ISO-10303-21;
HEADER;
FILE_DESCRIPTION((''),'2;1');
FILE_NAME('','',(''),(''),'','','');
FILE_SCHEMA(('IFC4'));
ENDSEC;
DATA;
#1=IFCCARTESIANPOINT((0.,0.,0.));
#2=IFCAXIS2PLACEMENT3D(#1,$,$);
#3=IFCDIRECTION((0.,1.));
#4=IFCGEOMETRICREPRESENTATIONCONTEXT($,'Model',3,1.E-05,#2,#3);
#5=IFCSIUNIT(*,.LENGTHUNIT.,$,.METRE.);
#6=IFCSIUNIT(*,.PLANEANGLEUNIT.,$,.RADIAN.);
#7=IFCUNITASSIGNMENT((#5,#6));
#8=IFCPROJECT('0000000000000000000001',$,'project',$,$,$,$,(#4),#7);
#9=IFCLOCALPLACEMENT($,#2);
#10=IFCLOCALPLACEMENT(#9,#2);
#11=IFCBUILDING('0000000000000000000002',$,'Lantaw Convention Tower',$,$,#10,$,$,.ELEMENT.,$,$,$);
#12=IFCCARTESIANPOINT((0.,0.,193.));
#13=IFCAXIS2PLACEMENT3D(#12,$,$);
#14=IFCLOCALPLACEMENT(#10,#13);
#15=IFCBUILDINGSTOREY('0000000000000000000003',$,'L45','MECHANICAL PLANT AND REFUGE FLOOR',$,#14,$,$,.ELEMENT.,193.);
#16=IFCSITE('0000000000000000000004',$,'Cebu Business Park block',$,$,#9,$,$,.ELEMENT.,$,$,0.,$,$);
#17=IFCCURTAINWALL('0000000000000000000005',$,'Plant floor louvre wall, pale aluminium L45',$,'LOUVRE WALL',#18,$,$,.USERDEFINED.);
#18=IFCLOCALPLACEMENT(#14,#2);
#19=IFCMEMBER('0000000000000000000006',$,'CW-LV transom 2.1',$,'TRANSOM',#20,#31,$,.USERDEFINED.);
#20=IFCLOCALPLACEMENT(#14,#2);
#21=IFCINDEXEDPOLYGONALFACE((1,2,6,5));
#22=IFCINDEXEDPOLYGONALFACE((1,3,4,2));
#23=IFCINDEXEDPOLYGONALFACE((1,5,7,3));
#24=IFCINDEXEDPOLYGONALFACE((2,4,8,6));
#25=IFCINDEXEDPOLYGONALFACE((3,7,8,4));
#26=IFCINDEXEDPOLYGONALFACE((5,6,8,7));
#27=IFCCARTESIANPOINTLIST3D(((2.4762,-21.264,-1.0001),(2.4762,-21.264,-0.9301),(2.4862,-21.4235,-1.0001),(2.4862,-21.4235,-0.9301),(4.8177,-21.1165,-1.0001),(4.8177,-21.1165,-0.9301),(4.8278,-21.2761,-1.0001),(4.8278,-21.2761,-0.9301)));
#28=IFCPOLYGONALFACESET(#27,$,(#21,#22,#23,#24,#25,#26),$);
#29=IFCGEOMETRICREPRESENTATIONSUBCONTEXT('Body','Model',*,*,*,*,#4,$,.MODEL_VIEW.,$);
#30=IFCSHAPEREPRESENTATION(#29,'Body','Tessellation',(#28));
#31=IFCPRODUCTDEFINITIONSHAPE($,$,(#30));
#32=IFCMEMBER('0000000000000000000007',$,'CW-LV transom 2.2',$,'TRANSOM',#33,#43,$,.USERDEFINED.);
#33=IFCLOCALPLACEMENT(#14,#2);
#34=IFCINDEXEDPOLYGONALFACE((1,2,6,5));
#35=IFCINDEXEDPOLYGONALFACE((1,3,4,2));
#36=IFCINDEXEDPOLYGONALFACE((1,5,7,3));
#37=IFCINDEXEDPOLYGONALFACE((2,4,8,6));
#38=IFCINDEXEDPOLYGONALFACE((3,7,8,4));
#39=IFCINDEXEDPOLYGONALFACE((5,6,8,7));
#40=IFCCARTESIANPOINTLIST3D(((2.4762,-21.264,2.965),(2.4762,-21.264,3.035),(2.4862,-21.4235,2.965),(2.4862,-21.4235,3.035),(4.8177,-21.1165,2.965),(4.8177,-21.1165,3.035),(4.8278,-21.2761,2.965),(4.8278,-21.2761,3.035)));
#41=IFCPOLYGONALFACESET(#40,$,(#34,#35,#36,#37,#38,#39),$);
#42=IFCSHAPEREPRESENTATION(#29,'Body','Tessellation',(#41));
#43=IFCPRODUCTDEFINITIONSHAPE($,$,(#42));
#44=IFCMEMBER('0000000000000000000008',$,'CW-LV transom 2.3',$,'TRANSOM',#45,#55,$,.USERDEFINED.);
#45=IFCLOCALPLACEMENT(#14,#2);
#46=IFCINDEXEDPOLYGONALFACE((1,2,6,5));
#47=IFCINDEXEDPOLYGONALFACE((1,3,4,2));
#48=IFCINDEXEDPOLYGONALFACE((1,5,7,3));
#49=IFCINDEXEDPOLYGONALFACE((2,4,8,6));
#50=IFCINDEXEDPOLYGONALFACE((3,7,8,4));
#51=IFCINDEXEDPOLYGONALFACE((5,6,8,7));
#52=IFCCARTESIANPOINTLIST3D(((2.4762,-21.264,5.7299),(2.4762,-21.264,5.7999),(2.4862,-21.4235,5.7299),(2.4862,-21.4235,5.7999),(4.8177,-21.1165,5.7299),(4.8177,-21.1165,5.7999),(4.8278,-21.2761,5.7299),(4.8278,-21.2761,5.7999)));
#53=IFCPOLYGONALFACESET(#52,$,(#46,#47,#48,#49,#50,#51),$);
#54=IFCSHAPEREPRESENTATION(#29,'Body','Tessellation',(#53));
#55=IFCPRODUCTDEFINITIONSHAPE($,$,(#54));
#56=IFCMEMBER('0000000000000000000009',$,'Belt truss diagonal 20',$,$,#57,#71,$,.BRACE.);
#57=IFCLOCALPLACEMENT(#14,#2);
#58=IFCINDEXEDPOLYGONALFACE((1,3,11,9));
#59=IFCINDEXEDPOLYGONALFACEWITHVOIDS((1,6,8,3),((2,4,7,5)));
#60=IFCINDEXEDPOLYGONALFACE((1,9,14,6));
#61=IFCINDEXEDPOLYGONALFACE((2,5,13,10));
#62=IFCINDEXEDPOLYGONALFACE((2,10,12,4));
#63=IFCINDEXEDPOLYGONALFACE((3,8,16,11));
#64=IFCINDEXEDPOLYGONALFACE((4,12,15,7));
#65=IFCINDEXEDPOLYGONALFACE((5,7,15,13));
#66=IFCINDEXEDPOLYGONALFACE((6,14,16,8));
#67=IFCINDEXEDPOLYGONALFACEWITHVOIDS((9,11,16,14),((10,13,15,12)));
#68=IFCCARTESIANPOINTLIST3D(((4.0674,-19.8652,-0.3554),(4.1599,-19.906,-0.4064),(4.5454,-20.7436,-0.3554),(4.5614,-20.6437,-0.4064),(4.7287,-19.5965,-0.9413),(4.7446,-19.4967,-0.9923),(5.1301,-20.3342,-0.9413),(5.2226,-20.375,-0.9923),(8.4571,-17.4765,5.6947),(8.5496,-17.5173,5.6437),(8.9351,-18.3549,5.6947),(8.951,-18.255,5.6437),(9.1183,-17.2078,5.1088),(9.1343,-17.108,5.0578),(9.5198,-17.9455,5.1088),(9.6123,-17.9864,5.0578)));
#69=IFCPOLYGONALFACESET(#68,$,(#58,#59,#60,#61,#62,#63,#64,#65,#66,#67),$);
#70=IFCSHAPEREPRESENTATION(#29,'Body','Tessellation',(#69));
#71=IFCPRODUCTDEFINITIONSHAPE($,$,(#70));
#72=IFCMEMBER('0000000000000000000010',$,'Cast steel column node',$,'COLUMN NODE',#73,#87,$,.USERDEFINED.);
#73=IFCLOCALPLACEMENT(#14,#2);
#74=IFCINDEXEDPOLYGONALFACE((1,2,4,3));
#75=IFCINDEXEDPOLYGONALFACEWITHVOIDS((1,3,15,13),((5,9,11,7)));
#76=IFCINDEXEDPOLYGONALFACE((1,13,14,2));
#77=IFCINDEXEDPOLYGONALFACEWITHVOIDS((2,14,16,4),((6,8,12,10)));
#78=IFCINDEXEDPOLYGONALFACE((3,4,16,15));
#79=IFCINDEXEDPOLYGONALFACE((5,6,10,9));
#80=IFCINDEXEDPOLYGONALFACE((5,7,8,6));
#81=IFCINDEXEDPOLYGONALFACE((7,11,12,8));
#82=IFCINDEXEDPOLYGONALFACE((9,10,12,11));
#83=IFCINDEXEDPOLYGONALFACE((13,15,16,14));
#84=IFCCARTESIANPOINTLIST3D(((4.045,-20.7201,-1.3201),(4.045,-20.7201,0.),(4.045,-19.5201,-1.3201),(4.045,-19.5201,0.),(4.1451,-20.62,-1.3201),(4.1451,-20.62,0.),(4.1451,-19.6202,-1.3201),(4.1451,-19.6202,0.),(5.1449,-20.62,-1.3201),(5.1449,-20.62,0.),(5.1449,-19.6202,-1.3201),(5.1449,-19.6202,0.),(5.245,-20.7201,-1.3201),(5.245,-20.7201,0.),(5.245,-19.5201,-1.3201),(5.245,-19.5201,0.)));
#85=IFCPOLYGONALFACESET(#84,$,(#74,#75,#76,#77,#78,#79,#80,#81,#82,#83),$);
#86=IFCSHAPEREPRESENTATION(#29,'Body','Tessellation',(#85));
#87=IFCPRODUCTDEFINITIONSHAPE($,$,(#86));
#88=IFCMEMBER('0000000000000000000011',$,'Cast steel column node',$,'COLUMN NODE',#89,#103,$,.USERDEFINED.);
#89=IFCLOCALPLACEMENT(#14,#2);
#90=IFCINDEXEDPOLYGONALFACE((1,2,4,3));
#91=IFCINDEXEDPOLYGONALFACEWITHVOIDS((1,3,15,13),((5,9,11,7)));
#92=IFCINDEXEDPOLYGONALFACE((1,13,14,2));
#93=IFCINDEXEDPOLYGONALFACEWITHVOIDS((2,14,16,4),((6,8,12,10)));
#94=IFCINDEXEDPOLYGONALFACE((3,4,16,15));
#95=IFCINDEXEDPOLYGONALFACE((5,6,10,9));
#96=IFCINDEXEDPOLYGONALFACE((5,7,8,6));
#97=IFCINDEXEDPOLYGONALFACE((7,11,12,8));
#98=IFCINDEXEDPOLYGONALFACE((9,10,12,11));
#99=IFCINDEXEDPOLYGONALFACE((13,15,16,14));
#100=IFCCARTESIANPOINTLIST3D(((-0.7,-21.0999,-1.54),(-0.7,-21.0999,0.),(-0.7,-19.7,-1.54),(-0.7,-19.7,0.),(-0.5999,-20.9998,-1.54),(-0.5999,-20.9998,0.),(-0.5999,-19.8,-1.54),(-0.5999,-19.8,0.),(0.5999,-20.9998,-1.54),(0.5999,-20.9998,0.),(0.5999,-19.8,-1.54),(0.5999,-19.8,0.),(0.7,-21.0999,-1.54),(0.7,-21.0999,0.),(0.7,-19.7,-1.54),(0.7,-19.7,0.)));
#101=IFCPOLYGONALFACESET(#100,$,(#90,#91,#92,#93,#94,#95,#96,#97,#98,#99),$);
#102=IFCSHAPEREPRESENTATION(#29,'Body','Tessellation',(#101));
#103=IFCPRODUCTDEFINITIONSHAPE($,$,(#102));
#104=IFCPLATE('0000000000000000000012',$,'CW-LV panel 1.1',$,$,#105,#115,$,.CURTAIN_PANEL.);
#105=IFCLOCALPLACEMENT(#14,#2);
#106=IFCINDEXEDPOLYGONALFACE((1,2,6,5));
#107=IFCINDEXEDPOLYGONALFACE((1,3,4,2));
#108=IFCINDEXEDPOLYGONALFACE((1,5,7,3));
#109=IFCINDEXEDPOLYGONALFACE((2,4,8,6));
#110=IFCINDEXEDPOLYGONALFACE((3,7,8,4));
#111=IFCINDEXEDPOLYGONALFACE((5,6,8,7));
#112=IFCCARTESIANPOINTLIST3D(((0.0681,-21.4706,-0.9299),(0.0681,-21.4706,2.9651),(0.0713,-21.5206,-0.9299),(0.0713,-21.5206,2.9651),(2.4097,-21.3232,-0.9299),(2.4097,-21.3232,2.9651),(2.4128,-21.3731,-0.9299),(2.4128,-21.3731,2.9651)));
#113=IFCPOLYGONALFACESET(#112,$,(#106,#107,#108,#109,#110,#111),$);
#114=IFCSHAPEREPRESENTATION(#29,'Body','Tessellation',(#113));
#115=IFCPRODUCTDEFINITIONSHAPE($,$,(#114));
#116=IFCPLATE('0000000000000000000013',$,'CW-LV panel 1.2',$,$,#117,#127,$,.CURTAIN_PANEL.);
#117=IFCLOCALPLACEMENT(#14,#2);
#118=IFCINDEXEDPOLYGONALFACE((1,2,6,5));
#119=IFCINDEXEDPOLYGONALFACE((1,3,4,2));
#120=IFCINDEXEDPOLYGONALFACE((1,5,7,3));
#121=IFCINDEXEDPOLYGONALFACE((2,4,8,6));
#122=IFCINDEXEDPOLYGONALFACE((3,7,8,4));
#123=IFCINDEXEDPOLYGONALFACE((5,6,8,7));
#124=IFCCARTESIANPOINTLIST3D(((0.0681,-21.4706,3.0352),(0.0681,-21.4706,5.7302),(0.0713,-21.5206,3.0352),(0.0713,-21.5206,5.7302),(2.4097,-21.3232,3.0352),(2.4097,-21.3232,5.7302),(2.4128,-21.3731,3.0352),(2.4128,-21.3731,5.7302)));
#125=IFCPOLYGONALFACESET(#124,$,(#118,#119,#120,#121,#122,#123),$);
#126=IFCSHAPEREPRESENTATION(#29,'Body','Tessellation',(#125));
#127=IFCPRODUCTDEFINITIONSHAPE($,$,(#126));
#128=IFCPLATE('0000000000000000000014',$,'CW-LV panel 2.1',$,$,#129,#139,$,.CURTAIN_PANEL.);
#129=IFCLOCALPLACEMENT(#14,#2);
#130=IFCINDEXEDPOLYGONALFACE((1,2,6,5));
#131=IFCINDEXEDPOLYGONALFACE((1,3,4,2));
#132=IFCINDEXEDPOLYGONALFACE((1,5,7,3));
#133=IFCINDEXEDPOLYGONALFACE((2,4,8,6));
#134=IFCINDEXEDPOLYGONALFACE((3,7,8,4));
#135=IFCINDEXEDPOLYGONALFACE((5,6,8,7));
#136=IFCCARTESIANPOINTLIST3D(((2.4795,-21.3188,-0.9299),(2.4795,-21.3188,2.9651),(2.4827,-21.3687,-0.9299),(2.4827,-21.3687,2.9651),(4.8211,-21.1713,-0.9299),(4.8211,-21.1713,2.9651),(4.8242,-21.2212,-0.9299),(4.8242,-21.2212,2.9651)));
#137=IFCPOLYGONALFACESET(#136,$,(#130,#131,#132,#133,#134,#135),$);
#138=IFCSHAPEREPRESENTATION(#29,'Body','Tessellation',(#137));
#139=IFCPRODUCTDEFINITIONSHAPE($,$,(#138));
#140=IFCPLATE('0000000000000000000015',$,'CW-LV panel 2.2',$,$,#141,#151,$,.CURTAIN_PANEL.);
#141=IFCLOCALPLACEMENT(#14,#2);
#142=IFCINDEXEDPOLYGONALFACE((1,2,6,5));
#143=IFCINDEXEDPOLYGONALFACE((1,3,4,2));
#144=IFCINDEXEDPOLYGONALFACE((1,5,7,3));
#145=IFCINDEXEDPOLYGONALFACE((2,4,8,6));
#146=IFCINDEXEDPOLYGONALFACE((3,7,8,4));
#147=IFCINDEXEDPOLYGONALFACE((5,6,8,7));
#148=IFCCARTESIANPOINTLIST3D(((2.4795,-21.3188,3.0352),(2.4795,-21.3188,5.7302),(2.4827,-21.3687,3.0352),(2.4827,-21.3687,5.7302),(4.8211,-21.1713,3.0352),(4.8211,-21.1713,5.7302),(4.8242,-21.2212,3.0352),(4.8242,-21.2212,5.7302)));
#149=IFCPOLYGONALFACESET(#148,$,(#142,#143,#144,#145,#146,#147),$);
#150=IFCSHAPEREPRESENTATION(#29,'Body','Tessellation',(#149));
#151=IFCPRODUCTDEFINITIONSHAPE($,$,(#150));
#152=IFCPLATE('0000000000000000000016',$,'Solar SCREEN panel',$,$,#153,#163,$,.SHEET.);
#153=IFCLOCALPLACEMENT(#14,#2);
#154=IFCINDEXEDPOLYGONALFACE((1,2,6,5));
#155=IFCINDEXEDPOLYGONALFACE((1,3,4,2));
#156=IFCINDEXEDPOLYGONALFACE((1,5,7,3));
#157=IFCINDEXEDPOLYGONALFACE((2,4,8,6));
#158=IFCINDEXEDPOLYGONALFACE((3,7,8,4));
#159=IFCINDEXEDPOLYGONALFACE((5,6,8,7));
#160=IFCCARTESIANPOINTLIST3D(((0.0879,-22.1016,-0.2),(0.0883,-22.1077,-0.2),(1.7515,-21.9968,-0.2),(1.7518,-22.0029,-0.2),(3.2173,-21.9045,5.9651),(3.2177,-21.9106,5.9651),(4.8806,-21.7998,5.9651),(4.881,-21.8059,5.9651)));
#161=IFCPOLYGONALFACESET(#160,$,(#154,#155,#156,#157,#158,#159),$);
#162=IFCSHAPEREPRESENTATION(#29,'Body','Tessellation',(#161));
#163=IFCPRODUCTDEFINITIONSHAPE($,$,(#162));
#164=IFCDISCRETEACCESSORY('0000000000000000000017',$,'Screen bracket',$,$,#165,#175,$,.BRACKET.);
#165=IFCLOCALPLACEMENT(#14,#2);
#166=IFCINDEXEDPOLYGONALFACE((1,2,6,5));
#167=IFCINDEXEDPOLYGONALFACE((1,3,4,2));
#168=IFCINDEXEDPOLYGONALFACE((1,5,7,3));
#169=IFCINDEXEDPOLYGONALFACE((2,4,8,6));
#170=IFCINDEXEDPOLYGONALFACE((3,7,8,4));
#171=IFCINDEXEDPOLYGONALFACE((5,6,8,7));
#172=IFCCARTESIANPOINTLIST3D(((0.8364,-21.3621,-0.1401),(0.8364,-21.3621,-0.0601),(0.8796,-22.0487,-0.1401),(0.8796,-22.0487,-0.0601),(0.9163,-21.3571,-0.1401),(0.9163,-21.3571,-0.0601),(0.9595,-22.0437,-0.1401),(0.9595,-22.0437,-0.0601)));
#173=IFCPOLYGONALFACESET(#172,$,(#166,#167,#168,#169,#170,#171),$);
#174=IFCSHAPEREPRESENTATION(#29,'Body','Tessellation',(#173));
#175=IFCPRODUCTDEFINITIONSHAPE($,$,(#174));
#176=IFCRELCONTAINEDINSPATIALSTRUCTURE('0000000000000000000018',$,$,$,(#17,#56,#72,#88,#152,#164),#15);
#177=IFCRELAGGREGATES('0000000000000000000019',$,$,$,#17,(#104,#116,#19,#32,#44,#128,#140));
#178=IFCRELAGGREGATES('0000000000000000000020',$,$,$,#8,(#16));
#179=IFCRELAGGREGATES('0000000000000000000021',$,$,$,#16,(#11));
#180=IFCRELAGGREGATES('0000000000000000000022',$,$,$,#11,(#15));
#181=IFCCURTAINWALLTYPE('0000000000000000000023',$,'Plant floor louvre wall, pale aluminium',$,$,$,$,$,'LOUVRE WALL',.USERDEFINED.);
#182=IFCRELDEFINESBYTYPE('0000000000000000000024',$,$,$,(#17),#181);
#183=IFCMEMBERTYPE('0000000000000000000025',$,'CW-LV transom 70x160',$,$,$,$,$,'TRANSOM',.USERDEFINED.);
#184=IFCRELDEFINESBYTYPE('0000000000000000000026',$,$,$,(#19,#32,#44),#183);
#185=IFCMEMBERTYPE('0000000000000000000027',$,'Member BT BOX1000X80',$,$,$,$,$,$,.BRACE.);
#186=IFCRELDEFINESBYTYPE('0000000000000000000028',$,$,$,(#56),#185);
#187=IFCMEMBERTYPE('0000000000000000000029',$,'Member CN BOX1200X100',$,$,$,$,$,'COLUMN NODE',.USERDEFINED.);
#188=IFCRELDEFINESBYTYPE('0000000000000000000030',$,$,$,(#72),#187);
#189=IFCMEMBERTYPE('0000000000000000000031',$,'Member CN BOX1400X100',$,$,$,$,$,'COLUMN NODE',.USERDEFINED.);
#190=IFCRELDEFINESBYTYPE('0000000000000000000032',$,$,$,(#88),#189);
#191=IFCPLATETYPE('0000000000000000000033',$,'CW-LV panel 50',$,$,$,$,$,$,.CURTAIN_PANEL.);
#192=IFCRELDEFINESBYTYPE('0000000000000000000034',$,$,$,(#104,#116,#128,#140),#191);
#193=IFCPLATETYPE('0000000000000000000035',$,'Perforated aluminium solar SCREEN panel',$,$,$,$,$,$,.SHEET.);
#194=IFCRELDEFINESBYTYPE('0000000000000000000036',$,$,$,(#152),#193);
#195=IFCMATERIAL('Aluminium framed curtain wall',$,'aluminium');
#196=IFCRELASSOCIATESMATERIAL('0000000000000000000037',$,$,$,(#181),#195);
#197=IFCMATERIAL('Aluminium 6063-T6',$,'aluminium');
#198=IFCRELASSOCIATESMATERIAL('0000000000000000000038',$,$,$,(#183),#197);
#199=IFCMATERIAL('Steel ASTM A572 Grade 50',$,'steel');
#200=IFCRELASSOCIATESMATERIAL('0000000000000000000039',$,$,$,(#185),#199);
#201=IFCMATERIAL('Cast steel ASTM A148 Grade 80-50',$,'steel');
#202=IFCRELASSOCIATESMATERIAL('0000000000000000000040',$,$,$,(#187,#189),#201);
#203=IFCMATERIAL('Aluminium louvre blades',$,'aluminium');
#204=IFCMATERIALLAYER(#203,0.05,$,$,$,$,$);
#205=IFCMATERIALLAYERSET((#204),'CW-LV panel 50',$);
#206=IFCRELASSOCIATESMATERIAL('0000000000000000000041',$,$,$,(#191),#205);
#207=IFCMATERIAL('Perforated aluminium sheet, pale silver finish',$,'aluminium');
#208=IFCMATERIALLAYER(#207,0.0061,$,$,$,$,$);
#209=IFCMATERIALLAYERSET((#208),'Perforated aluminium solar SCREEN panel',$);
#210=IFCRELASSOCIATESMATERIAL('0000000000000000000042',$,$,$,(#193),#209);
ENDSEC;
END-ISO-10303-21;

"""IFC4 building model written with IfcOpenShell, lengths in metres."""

from ifc_helpers import new_model, si_unit, direction, frame, origin, origin_2d, place, context, subcontext, project, spatial, polyline, rectangle, hollow_rectangle, outline, extrude, material, layer, layer_set, material_profile, profile_set, type_object, element, aggregate, save


model = new_model("IFC4")

# Units and contexts
model_context = context("Model", 3, precision=1e-05, world=origin(), true_north=direction((0.0, 1.0)))
body_context = subcontext(model_context, "Body", "Model", "MODEL_VIEW")
ifc_project = project(units=[si_unit("LENGTHUNIT", "METRE"), si_unit("PLANEANGLEUNIT", "RADIAN")], contexts=[model_context])

# Site, building, storey
site_placement = place(None, origin())
site = spatial("IfcSite", under=ifc_project, at=site_placement, Name="Cebu Business Park block", CompositionType="ELEMENT", RefElevation=0.0)
building_placement = place(site_placement, origin())
building = spatial("IfcBuilding", under=site, at=building_placement, Name="Lantaw Convention Tower", CompositionType="ELEMENT")
storey_placement = place(building_placement, frame((0.0, 0.0, 193.0)))
storey = spatial("IfcBuildingStorey", under=building, at=storey_placement, Name="L45", Description="MECHANICAL PLANT AND REFUGE FLOOR", CompositionType="ELEMENT", Elevation=193.0)

# Curtain wall, members
ifc_material_1 = material(Name="Aluminium framed curtain wall", Category="aluminium")
curtain_wall_type = type_object("IfcCurtainWallType", Name="Plant floor louvre wall, pale aluminium", ElementType="LOUVRE WALL", PredefinedType="USERDEFINED", material=ifc_material_1)
curtain_wall_placement = place(storey_placement, origin())
curtain_wall = element("IfcCurtainWall", 1, at=curtain_wall_placement, inside=storey, type_object=curtain_wall_type, Name="Plant floor louvre wall, pale aluminium L45", ObjectType="LOUVRE WALL", PredefinedType="USERDEFINED")
ifc_material_2 = material(Name="Aluminium 6063-T6", Category="aluminium")
ifc_material_profile_1 = material_profile(ifc_material_2, rectangle(XDim=0.1599, YDim=0.0701, at=origin_2d()), Name="CW-LV transom 70x160")
ifc_profile_set_1 = profile_set([ifc_material_profile_1], Name="Aluminium 6063-T6")
member_type_1 = type_object("IfcMemberType", Name="CW-LV transom 70x160", ElementType="TRANSOM", PredefinedType="USERDEFINED", material=ifc_profile_set_1)
member_1_placement = place(storey_placement, frame((2.4812, -21.3438, -0.9651), z_axis=(0.998023, 0.062851, 0.0), x_axis=(-0.062851, 0.998023, 0.0)))
member_1 = element("IfcMember", 2, at=member_1_placement, type_object=member_type_1, Name="CW-LV transom 2.1", ObjectType="TRANSOM", PredefinedType="USERDEFINED", context=body_context, shape_type="SweptSolid", body=[
    extrude(rectangle(XDim=0.1599, YDim=0.0701, at=origin_2d()), origin(), (0.0, 0.0, 1.0), 2.3462),
])
member_2_placement = place(storey_placement, frame((2.4812, -21.3438, 3.0), z_axis=(0.998023, 0.062851, 0.0), x_axis=(-0.062851, 0.998023, 0.0)))
member_2 = element("IfcMember", 3, at=member_2_placement, type_object=member_type_1, Name="CW-LV transom 2.2", ObjectType="TRANSOM", PredefinedType="USERDEFINED", context=body_context, shape_type="SweptSolid", body=[
    extrude(rectangle(XDim=0.1599, YDim=0.0701, at=origin_2d()), origin(), (0.0, 0.0, 1.0), 2.3462),
])
member_3_placement = place(storey_placement, frame((2.4812, -21.3438, 5.7649), z_axis=(0.998023, 0.062851, 0.0), x_axis=(-0.062851, 0.998023, 0.0)))
member_3 = element("IfcMember", 4, at=member_3_placement, type_object=member_type_1, Name="CW-LV transom 2.3", ObjectType="TRANSOM", PredefinedType="USERDEFINED", context=body_context, shape_type="SweptSolid", body=[
    extrude(rectangle(XDim=0.1599, YDim=0.0701, at=origin_2d()), origin(), (0.0, 0.0, 1.0), 2.3462),
])

# Members
ifc_material_3 = material(Name="Steel ASTM A572 Grade 50", Category="steel")
ifc_material_profile_2 = material_profile(ifc_material_3, hollow_rectangle(XDim=1.0, YDim=1.0, WallThickness=0.0801, at=origin_2d()), Name="BOX1000X80")
ifc_profile_set_2 = profile_set([ifc_material_profile_2], Name="Steel ASTM A572 Grade 50")
member_type_2 = type_object("IfcMemberType", Name="Member BT BOX1000X80", PredefinedType="BRACE", material=ifc_profile_set_2)
member_4_placement = place(storey_placement, frame((4.645, -20.1201, -0.6738), z_axis=(0.559394, 0.3044, 0.770986), x_axis=(-0.477976, 0.878373, 0.0)))
element("IfcMember", 5, at=member_4_placement, inside=storey, type_object=member_type_2, Name="Belt truss diagonal 20", PredefinedType="BRACE", context=body_context, shape_type="SweptSolid", body=[
    extrude(hollow_rectangle(XDim=1.0, YDim=1.0, WallThickness=0.0801, at=origin_2d()), origin(), (0.0, 0.0, 1.0), 7.8472),
])
ifc_material_4 = material(Name="Cast steel ASTM A148 Grade 80-50", Category="steel")
ifc_material_profile_3 = material_profile(ifc_material_4, hollow_rectangle(XDim=1.2, YDim=1.2, WallThickness=0.1001, at=origin_2d()), Name="BOX1200X100")
ifc_profile_set_3 = profile_set([ifc_material_profile_3], Name="Cast steel ASTM A148 Grade 80-50")
member_type_3 = type_object("IfcMemberType", Name="Member CN BOX1200X100", ElementType="COLUMN NODE", PredefinedType="USERDEFINED", material=ifc_profile_set_3)
member_5_placement = place(storey_placement, frame((4.645, -20.1201, -1.3201), z_axis=(0.0, 0.0, 1.0), x_axis=(1.0, 0.0, 0.0)))
element("IfcMember", 6, at=member_5_placement, inside=storey, type_object=member_type_3, Name="Cast steel column node", ObjectType="COLUMN NODE", PredefinedType="USERDEFINED", context=body_context, shape_type="SweptSolid", body=[
    extrude(hollow_rectangle(XDim=1.2, YDim=1.2, WallThickness=0.1001, at=origin_2d()), origin(), (0.0, 0.0, 1.0), 1.3201),
])
ifc_material_profile_4 = material_profile(ifc_material_4, hollow_rectangle(XDim=1.3999, YDim=1.3999, WallThickness=0.1001, at=origin_2d()), Name="BOX1400X100")
ifc_profile_set_4 = profile_set([ifc_material_profile_4], Name="Cast steel ASTM A148 Grade 80-50")
member_type_4 = type_object("IfcMemberType", Name="Member CN BOX1400X100", ElementType="COLUMN NODE", PredefinedType="USERDEFINED", material=ifc_profile_set_4)
member_6_placement = place(storey_placement, frame((0.0, -20.3999, -1.54), z_axis=(0.0, 0.0, 1.0), x_axis=(1.0, 0.0, 0.0)))
element("IfcMember", 7, at=member_6_placement, inside=storey, type_object=member_type_4, Name="Cast steel column node", ObjectType="COLUMN NODE", PredefinedType="USERDEFINED", context=body_context, shape_type="SweptSolid", body=[
    extrude(hollow_rectangle(XDim=1.3999, YDim=1.3999, WallThickness=0.1001, at=origin_2d()), origin(), (0.0, 0.0, 1.0), 1.54),
])

# Plates
ifc_material_5 = material(Name="Aluminium louvre blades", Category="aluminium")
ifc_layer_1 = layer(ifc_material_5, 0.05)
ifc_layer_set_1 = layer_set([ifc_layer_1], Name="CW-LV panel 50")
plate_type_1 = type_object("IfcPlateType", Name="CW-LV panel 50", PredefinedType="CURTAIN_PANEL", material=ifc_layer_set_1)
plate_1_placement = place(storey_placement, frame((1.2405, -21.4219, -0.9299), z_axis=(0.0, 0.0, 1.0), x_axis=(0.998022, 0.062865, 0.0)))
plate_1 = element("IfcPlate", 8, at=plate_1_placement, type_object=plate_type_1, Name="CW-LV panel 1.1", PredefinedType="CURTAIN_PANEL", context=body_context, shape_type="SweptSolid", body=[
    extrude(rectangle(XDim=2.3462, YDim=0.05, at=origin_2d()), origin(), (0.0, 0.0, 1.0), 3.895),
])
plate_2_placement = place(storey_placement, frame((1.2405, -21.4219, 3.0352), z_axis=(0.0, 0.0, 1.0), x_axis=(0.998022, 0.062865, 0.0)))
plate_2 = element("IfcPlate", 9, at=plate_2_placement, type_object=plate_type_1, Name="CW-LV panel 1.2", PredefinedType="CURTAIN_PANEL", context=body_context, shape_type="SweptSolid", body=[
    extrude(rectangle(XDim=2.3462, YDim=0.05, at=origin_2d()), origin(), (0.0, 0.0, 1.0), 2.6951),
])
plate_3_placement = place(storey_placement, frame((3.6519, -21.27, -0.9299), z_axis=(0.0, 0.0, 1.0), x_axis=(0.998022, 0.062865, 0.0)))
plate_3 = element("IfcPlate", 10, at=plate_3_placement, type_object=plate_type_1, Name="CW-LV panel 2.1", PredefinedType="CURTAIN_PANEL", context=body_context, shape_type="SweptSolid", body=[
    extrude(rectangle(XDim=2.3462, YDim=0.05, at=origin_2d()), origin(), (0.0, 0.0, 1.0), 3.895),
])
plate_4_placement = place(storey_placement, frame((3.6519, -21.27, 3.0352), z_axis=(0.0, 0.0, 1.0), x_axis=(0.998022, 0.062865, 0.0)))
plate_4 = element("IfcPlate", 11, at=plate_4_placement, type_object=plate_type_1, Name="CW-LV panel 2.2", PredefinedType="CURTAIN_PANEL", context=body_context, shape_type="SweptSolid", body=[
    extrude(rectangle(XDim=2.3462, YDim=0.05, at=origin_2d()), origin(), (0.0, 0.0, 1.0), 2.6951),
])
aggregate(curtain_wall, [plate_1, plate_2, member_1, member_2, member_3, plate_3, plate_4])
ifc_material_6 = material(Name="Perforated aluminium sheet, pale silver finish", Category="aluminium")
ifc_layer_2 = layer(ifc_material_6, 0.0061)
ifc_layer_set_2 = layer_set([ifc_layer_2], Name="Perforated aluminium solar SCREEN panel")
plate_type_2 = type_object("IfcPlateType", Name="Perforated aluminium solar SCREEN panel", PredefinedType="SHEET", material=ifc_layer_set_2)
plate_5_placement = place(storey_placement, frame((0.0879, -22.1016, -0.2), z_axis=(-0.062839, 0.998024, 0.000001), x_axis=(0.998024, 0.062839, 0.0)))
element("IfcPlate", 12, at=plate_5_placement, inside=storey, type_object=plate_type_2, Name="Solar SCREEN panel", PredefinedType="SHEET", context=body_context, shape_type="SweptSolid", body=[
    extrude(outline(polyline([(0.0, 0.0), (1.6669, 0.0), (4.8022, -6.165), (3.1356, -6.165), (0.0, 0.0)])), origin(), (0.0, 0.0, -1.0), 0.0061),
])

# Discrete accessory
discrete_accessory_placement = place(storey_placement, frame((0.8979, -21.7029, -0.1401), z_axis=(0.0, 0.0, 1.0), x_axis=(0.998022, 0.062865, 0.0)))
element("IfcDiscreteAccessory", 13, at=discrete_accessory_placement, inside=storey, Name="Screen bracket", PredefinedType="BRACKET", context=body_context, shape_type="SweptSolid", body=[
    extrude(rectangle(XDim=0.0801, YDim=0.688, at=origin_2d()), origin(), (0.0, 0.0, 1.0), 0.0801),
])

save(model, "model.ifc")
